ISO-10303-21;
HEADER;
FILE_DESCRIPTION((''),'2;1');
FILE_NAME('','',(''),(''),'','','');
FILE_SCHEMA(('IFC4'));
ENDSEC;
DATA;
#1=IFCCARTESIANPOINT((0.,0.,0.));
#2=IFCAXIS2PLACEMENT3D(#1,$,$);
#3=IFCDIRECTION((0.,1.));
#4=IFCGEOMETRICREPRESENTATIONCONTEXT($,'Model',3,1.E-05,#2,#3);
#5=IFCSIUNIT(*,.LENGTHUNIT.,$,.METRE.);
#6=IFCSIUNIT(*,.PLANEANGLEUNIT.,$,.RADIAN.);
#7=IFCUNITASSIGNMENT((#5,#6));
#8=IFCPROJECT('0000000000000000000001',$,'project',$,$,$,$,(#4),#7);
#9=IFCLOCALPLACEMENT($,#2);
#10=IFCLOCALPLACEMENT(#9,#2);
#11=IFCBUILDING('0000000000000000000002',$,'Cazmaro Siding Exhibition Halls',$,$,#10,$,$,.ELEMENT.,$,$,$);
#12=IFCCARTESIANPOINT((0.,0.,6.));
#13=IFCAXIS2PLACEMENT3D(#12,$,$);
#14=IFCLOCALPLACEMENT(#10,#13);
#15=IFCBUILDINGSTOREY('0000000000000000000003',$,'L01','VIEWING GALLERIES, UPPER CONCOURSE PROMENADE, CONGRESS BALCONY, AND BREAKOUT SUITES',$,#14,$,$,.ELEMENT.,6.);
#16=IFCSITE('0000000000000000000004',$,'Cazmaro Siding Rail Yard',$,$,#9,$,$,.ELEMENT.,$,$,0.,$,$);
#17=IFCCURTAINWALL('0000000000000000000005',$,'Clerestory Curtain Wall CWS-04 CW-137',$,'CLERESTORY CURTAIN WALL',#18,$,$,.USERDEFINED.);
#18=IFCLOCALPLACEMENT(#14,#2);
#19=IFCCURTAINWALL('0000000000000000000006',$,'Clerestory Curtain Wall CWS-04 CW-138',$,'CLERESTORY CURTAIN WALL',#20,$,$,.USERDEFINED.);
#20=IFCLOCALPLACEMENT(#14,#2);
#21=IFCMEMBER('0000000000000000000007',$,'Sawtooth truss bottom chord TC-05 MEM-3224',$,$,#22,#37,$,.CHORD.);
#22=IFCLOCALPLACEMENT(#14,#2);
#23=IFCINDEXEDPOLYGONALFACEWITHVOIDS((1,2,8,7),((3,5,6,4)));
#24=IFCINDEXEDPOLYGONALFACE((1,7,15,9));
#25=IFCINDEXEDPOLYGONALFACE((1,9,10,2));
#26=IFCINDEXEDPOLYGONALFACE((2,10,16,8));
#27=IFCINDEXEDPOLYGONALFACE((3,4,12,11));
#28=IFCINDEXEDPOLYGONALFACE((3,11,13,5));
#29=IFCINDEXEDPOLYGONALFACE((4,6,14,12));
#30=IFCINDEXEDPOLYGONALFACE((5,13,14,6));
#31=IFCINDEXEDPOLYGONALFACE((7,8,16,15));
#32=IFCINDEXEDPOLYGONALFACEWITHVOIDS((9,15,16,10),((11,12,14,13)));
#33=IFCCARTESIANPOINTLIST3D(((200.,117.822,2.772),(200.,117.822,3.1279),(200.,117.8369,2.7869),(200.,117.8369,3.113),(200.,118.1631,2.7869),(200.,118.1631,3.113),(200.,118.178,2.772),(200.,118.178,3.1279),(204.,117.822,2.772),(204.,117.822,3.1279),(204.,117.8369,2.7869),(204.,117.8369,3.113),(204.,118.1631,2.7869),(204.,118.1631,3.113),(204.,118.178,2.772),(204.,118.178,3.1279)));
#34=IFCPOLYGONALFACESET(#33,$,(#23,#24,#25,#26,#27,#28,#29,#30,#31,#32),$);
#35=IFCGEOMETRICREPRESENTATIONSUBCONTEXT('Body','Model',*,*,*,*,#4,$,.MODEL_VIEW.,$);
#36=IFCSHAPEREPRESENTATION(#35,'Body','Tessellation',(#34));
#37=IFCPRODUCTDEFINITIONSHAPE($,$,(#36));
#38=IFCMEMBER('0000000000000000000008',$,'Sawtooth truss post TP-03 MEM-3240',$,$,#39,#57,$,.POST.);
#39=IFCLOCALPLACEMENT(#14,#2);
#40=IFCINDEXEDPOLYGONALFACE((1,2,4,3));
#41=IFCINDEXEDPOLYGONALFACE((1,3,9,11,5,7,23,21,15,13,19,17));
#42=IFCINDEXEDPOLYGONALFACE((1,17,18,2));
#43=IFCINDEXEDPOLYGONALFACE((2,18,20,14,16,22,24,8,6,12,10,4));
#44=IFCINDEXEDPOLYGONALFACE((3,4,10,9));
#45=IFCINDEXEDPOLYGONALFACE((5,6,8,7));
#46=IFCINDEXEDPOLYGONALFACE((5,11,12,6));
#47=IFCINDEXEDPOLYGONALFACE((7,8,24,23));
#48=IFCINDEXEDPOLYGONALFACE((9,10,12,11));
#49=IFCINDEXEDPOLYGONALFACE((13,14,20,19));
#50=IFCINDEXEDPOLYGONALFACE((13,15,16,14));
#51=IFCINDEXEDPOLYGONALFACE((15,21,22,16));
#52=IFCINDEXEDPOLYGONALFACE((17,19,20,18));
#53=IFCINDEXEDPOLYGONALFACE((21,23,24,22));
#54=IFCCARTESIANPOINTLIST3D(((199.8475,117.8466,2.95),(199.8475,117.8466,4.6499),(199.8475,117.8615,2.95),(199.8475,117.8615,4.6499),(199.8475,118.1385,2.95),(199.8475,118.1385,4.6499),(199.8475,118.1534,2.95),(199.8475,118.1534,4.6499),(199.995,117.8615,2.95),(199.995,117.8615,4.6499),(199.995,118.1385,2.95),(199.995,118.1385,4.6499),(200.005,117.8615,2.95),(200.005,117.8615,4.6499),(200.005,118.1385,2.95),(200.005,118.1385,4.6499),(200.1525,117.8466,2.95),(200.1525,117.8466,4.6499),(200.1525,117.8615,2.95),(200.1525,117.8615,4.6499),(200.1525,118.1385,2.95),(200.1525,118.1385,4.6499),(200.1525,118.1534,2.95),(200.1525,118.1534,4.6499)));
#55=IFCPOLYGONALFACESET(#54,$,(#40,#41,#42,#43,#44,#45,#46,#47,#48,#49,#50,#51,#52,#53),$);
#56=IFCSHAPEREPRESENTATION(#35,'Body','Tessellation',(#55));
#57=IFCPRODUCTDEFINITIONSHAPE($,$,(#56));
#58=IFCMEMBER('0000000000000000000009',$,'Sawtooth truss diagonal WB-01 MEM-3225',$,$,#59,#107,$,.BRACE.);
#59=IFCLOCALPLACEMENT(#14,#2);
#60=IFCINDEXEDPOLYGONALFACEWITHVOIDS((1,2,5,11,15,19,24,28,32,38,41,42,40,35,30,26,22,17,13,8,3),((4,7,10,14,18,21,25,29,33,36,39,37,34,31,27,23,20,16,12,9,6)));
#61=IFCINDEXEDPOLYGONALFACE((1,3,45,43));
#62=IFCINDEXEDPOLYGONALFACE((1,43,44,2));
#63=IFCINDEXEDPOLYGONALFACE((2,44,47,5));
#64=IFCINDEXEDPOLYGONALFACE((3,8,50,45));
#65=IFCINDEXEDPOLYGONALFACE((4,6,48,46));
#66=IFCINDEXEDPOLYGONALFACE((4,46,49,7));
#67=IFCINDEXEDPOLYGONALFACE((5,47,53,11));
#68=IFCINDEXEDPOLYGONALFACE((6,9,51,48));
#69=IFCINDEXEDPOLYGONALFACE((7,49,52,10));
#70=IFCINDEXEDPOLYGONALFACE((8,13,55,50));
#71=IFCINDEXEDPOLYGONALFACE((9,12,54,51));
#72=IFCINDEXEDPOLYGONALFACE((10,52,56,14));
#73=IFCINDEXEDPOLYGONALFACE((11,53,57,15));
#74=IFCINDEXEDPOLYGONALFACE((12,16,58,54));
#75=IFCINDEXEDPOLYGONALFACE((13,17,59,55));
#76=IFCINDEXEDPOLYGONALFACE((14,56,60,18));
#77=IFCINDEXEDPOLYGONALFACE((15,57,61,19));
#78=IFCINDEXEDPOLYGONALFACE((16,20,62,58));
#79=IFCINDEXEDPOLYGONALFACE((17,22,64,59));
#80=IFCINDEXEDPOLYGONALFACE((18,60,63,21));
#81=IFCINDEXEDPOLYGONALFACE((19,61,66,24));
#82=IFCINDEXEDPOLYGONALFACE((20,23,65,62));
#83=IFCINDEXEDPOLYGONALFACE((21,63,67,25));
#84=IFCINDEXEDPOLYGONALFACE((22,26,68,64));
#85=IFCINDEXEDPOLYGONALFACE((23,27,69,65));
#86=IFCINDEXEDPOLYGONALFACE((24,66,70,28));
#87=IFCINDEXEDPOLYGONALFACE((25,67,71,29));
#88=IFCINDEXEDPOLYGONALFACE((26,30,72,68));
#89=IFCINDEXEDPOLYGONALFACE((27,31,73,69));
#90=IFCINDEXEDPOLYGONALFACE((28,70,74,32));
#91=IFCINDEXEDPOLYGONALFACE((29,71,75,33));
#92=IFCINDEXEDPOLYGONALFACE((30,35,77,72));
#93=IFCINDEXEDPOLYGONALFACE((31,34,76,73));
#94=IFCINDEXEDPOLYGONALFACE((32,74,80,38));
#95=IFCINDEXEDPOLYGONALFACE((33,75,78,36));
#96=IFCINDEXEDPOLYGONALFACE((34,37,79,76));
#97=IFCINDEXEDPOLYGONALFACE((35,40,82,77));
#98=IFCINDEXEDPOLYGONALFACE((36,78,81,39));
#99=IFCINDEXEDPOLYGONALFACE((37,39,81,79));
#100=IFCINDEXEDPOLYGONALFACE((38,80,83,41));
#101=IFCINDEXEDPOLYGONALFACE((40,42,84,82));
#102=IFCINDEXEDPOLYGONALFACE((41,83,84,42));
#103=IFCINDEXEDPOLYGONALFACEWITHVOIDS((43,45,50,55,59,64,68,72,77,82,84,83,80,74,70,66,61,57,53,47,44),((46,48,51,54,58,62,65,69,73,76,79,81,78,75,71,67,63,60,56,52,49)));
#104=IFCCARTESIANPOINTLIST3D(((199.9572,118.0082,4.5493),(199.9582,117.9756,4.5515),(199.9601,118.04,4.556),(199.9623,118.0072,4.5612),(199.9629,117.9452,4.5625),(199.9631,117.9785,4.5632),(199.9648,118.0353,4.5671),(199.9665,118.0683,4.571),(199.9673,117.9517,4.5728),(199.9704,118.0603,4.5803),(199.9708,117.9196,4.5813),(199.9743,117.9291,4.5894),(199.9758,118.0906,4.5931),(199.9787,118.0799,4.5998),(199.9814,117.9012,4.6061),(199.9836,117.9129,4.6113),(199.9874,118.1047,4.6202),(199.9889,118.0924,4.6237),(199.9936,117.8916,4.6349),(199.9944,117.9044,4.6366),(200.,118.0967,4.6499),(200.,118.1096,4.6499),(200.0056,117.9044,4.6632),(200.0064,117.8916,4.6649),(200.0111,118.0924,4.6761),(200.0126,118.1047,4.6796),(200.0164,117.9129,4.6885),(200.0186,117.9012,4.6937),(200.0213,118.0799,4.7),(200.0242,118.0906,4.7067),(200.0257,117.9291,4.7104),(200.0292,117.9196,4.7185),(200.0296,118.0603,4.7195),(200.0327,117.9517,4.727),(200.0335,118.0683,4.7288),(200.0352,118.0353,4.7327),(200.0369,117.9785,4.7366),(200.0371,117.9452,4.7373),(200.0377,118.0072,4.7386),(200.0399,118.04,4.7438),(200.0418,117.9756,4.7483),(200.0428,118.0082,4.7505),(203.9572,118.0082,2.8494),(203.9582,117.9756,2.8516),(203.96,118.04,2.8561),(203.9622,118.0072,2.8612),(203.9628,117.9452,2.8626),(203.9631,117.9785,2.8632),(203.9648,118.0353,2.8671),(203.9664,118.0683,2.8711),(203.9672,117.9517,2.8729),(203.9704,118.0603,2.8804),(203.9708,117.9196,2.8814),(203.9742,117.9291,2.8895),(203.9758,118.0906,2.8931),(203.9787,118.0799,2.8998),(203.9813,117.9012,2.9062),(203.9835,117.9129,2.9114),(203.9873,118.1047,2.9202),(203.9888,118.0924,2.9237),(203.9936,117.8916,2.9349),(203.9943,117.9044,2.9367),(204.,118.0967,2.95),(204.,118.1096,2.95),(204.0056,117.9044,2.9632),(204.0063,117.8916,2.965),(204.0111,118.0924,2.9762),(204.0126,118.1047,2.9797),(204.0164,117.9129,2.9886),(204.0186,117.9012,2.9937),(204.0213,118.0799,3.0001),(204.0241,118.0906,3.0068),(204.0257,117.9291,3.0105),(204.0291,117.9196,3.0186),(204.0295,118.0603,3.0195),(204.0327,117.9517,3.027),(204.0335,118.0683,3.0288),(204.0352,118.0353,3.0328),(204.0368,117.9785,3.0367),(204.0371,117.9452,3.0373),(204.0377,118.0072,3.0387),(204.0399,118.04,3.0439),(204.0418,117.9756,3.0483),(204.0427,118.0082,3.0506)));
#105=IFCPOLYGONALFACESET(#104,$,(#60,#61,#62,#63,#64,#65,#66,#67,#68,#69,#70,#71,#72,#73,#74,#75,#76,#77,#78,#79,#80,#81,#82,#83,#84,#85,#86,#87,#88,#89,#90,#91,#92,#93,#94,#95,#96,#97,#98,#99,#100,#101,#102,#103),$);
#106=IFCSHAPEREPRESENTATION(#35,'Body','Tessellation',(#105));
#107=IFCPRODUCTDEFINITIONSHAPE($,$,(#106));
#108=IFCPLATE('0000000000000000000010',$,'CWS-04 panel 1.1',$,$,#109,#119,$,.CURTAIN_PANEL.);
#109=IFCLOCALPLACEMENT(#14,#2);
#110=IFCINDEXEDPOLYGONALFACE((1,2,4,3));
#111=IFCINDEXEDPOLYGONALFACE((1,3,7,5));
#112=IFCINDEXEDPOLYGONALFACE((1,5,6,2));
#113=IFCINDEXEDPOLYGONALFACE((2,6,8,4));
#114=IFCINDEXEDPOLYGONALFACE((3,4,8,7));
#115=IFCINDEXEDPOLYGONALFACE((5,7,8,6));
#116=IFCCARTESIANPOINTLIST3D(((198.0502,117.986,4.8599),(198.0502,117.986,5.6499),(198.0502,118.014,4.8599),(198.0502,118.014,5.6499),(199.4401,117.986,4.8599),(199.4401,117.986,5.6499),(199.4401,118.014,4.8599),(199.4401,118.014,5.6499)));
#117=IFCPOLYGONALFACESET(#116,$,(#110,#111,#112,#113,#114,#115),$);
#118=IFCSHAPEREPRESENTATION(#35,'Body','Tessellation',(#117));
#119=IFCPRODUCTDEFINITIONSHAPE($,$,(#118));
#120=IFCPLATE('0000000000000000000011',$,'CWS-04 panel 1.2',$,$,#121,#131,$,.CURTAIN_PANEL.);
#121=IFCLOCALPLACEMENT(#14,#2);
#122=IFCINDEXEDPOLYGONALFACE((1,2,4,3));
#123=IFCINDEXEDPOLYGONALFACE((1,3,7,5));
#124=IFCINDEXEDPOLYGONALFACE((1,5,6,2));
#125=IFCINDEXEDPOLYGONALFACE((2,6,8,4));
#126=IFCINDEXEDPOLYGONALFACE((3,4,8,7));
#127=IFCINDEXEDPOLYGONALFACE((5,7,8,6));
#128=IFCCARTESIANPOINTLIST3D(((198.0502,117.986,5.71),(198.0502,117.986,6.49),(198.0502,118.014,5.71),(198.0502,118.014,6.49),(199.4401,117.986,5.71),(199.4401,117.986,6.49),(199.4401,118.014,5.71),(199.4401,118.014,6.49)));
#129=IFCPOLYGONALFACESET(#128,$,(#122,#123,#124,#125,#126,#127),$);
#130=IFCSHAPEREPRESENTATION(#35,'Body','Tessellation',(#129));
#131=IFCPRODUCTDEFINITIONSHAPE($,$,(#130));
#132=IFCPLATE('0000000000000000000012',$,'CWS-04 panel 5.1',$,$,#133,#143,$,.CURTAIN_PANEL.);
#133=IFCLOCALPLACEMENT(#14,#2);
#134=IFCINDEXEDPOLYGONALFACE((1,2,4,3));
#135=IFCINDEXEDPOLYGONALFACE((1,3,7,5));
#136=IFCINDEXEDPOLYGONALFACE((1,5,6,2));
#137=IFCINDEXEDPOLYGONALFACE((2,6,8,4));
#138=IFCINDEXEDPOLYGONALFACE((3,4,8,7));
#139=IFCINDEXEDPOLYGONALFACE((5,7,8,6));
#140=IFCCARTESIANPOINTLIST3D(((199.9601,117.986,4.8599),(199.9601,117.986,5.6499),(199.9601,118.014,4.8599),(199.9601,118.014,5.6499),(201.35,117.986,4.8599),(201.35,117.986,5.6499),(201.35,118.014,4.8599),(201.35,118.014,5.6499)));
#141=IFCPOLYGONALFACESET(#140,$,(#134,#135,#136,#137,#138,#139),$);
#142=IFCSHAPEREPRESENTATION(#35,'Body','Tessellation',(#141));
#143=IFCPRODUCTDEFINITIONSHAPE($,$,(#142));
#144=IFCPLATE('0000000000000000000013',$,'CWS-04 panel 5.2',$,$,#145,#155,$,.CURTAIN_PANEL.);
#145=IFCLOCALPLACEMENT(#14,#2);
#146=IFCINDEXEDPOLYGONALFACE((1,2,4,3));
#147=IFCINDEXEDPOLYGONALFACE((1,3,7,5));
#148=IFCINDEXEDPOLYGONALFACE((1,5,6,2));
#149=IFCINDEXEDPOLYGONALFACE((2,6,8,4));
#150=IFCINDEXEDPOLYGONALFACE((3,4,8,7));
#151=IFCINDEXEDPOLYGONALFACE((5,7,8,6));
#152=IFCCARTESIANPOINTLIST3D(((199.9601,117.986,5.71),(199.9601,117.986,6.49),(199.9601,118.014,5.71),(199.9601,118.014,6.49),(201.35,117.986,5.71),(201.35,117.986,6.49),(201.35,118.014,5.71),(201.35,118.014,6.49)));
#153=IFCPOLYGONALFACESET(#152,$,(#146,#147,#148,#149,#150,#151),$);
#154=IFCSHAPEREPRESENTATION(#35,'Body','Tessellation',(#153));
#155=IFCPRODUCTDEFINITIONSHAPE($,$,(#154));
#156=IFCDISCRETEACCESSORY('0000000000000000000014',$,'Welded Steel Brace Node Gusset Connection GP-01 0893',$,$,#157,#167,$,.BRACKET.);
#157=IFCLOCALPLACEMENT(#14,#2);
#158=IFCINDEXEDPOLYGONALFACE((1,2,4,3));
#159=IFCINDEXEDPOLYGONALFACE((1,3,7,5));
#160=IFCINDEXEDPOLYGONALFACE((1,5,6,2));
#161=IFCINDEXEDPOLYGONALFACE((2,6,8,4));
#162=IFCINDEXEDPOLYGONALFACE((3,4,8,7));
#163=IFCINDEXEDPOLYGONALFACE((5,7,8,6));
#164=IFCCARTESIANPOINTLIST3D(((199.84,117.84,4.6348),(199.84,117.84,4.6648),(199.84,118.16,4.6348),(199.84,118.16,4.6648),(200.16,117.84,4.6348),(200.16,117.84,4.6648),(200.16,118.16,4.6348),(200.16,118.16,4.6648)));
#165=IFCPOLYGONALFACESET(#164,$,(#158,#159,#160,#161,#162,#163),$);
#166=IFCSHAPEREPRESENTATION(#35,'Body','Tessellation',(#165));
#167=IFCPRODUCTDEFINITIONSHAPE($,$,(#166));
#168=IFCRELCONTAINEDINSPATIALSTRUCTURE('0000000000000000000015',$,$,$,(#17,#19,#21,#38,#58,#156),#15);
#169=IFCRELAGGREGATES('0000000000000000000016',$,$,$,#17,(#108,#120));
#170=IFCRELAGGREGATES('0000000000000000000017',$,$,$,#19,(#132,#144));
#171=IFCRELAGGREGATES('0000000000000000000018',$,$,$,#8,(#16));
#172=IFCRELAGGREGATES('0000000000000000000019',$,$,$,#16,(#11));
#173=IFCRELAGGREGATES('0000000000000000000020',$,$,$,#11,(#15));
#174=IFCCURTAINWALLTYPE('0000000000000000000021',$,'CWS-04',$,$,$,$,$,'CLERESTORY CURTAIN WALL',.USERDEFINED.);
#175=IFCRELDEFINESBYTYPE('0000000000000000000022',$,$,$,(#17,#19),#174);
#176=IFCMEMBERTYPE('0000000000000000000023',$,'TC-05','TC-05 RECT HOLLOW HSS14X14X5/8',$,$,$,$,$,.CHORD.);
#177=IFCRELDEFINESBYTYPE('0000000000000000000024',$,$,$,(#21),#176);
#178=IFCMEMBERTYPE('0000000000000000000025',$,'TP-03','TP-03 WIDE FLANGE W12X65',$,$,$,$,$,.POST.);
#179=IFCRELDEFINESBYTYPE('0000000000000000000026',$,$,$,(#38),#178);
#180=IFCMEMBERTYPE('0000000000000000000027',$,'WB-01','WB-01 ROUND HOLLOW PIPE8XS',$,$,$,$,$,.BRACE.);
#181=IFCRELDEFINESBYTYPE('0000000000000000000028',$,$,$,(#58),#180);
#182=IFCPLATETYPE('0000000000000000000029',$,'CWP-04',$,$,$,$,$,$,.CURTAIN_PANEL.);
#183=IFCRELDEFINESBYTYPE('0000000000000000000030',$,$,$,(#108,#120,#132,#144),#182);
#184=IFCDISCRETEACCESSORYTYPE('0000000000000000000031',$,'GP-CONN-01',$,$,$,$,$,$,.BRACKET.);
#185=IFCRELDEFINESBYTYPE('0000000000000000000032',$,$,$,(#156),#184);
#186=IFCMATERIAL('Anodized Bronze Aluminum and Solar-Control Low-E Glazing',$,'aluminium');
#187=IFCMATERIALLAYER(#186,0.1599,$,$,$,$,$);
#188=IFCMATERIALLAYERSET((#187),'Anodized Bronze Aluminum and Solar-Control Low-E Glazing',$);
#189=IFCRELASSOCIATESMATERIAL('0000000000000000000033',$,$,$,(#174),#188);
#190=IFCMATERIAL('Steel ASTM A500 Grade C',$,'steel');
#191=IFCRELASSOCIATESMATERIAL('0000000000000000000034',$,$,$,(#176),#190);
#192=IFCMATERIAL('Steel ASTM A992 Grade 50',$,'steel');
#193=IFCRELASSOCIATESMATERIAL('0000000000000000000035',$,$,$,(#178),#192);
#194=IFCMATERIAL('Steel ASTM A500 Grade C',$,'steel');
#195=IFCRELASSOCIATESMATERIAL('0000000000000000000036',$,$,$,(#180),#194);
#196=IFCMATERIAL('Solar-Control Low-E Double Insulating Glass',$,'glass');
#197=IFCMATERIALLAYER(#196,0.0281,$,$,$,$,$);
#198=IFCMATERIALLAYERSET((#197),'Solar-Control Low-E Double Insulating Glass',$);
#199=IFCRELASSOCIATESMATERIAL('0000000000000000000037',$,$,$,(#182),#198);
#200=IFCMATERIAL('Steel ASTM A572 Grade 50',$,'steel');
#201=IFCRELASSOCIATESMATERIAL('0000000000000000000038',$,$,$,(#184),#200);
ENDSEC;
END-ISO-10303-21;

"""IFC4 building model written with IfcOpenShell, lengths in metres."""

from ifc_helpers import new_model, si_unit, direction, frame, origin, origin_2d, place, context, subcontext, project, spatial, rectangle, hollow_rectangle, hollow_circle, i_section, extrude, material, layer, layer_set, material_profile, profile_set, type_object, element, aggregate, save


model = new_model("IFC4")

# Units and contexts
model_context = context("Model", 3, precision=1e-05, world=origin(), true_north=direction((0.0, 1.0)))
body_context = subcontext(model_context, "Body", "Model", "MODEL_VIEW")
ifc_project = project(units=[si_unit("LENGTHUNIT", "METRE"), si_unit("PLANEANGLEUNIT", "RADIAN")], contexts=[model_context])

# Site, building, storey
site_placement = place(None, origin())
site = spatial("IfcSite", under=ifc_project, at=site_placement, Name="Cazmaro Siding Rail Yard", CompositionType="ELEMENT", RefElevation=0.0)
building_placement = place(site_placement, origin())
building = spatial("IfcBuilding", under=site, at=building_placement, Name="Cazmaro Siding Exhibition Halls", CompositionType="ELEMENT")
storey_placement = place(building_placement, frame((0.0, 0.0, 6.0)))
storey = spatial("IfcBuildingStorey", under=building, at=storey_placement, Name="L01", Description="VIEWING GALLERIES, UPPER CONCOURSE PROMENADE, CONGRESS BALCONY, AND BREAKOUT SUITES", CompositionType="ELEMENT", Elevation=6.0)

# Curtain walls
ifc_material_1 = material(Name="Anodized Bronze Aluminum and Solar-Control Low-E Glazing", Category="aluminium")
ifc_layer_1 = layer(ifc_material_1, 0.1599)
ifc_layer_set_1 = layer_set([ifc_layer_1], Name="Anodized Bronze Aluminum and Solar-Control Low-E Glazing")
curtain_wall_type = type_object("IfcCurtainWallType", Name="CWS-04", ElementType="CLERESTORY CURTAIN WALL", PredefinedType="USERDEFINED", material=ifc_layer_set_1)
curtain_wall_1_placement = place(storey_placement, origin())
curtain_wall_1 = element("IfcCurtainWall", 1, at=curtain_wall_1_placement, inside=storey, type_object=curtain_wall_type, Name="Clerestory Curtain Wall CWS-04 CW-137", ObjectType="CLERESTORY CURTAIN WALL", PredefinedType="USERDEFINED")
curtain_wall_2_placement = place(storey_placement, origin())
curtain_wall_2 = element("IfcCurtainWall", 2, at=curtain_wall_2_placement, inside=storey, type_object=curtain_wall_type, Name="Clerestory Curtain Wall CWS-04 CW-138", ObjectType="CLERESTORY CURTAIN WALL", PredefinedType="USERDEFINED")

# Members
ifc_material_2 = material(Name="Steel ASTM A500 Grade C", Category="steel")
ifc_material_profile_1 = material_profile(ifc_material_2, hollow_rectangle(XDim=0.356, YDim=0.356, WallThickness=0.0149, at=origin_2d()), Name="HSS14X14X5/8")
ifc_profile_set_1 = profile_set([ifc_material_profile_1], Name="Steel ASTM A500 Grade C")
member_type_1 = type_object("IfcMemberType", Name="TC-05", Description="TC-05 RECT HOLLOW HSS14X14X5/8", PredefinedType="CHORD", material=ifc_profile_set_1)
member_1_placement = place(storey_placement, frame((200.0, 118.0, 2.95), z_axis=(1.0, 0.0, 0.0), x_axis=(0.0, 1.0, 0.0)))
element("IfcMember", 3, at=member_1_placement, inside=storey, type_object=member_type_1, Name="Sawtooth truss bottom chord TC-05 MEM-3224", PredefinedType="CHORD", context=body_context, shape_type="SweptSolid", body=[
    extrude(hollow_rectangle(XDim=0.356, YDim=0.356, WallThickness=0.0149, at=origin_2d()), origin(), (0.0, 0.0, 1.0), 4.0),
])
ifc_material_3 = material(Name="Steel ASTM A992 Grade 50", Category="steel")
ifc_material_profile_2 = material_profile(ifc_material_3, i_section(OverallWidth=0.3049, OverallDepth=0.3069, WebThickness=0.01, FlangeThickness=0.0149, at=origin_2d()), Name="W12X65")
ifc_profile_set_2 = profile_set([ifc_material_profile_2], Name="Steel ASTM A992 Grade 50")
member_type_2 = type_object("IfcMemberType", Name="TP-03", Description="TP-03 WIDE FLANGE W12X65", PredefinedType="POST", material=ifc_profile_set_2)
member_2_placement = place(storey_placement, frame((200.0, 118.0, 2.95), z_axis=(0.0, 0.0, 1.0), x_axis=(1.0, 0.0, 0.0)))
element("IfcMember", 4, at=member_2_placement, inside=storey, type_object=member_type_2, Name="Sawtooth truss post TP-03 MEM-3240", PredefinedType="POST", context=body_context, shape_type="SweptSolid", body=[
    extrude(i_section(OverallWidth=0.3049, OverallDepth=0.3069, WebThickness=0.01, FlangeThickness=0.0149, at=origin_2d()), origin(), (0.0, 0.0, 1.0), 1.7),
])
ifc_material_4 = material(Name="Steel ASTM A500 Grade C", Category="steel")
ifc_material_profile_3 = material_profile(ifc_material_4, hollow_circle(Radius=0.1096, WallThickness=0.0129, at=origin_2d()), Name="PIPE8XS")
ifc_profile_set_3 = profile_set([ifc_material_profile_3], Name="Steel ASTM A500 Grade C")
member_type_3 = type_object("IfcMemberType", Name="WB-01", Description="WB-01 ROUND HOLLOW PIPE8XS", PredefinedType="BRACE", material=ifc_profile_set_3)
member_3_placement = place(storey_placement, frame((200.0, 118.0, 4.6499), z_axis=(0.920335, 0.0, -0.391131), x_axis=(0.0, 1.0, 0.0)))
element("IfcMember", 5, at=member_3_placement, inside=storey, type_object=member_type_3, Name="Sawtooth truss diagonal WB-01 MEM-3225", PredefinedType="BRACE", context=body_context, shape_type="SweptSolid", body=[
    extrude(hollow_circle(Radius=0.1096, WallThickness=0.0129, at=origin_2d()), origin(), (0.0, 0.0, 1.0), 4.3462),
])

# Plates
ifc_material_5 = material(Name="Solar-Control Low-E Double Insulating Glass", Category="glass")
ifc_layer_2 = layer(ifc_material_5, 0.0281)
ifc_layer_set_2 = layer_set([ifc_layer_2], Name="Solar-Control Low-E Double Insulating Glass")
plate_type = type_object("IfcPlateType", Name="CWP-04", PredefinedType="CURTAIN_PANEL", material=ifc_layer_set_2)
plate_1_placement = place(storey_placement, frame((198.7451, 118.0, 4.8599), z_axis=(0.0, 0.0, 1.0), x_axis=(-1.0, 0.0, 0.0)))
plate_1 = element("IfcPlate", 6, at=plate_1_placement, type_object=plate_type, Name="CWS-04 panel 1.1", PredefinedType="CURTAIN_PANEL", context=body_context, shape_type="SweptSolid", body=[
    extrude(rectangle(XDim=1.3899, YDim=0.0281, at=origin_2d()), origin(), (0.0, 0.0, 1.0), 0.79),
])
plate_2_placement = place(storey_placement, frame((198.7451, 118.0, 5.71), z_axis=(0.0, 0.0, 1.0), x_axis=(-1.0, 0.0, 0.0)))
plate_2 = element("IfcPlate", 7, at=plate_2_placement, type_object=plate_type, Name="CWS-04 panel 1.2", PredefinedType="CURTAIN_PANEL", context=body_context, shape_type="SweptSolid", body=[
    extrude(rectangle(XDim=1.3899, YDim=0.0281, at=origin_2d()), origin(), (0.0, 0.0, 1.0), 0.78),
])
aggregate(curtain_wall_1, [plate_1, plate_2])
plate_3_placement = place(storey_placement, frame((200.655, 118.0, 4.8599), z_axis=(0.0, 0.0, 1.0), x_axis=(-1.0, 0.0, 0.0)))
plate_3 = element("IfcPlate", 8, at=plate_3_placement, type_object=plate_type, Name="CWS-04 panel 5.1", PredefinedType="CURTAIN_PANEL", context=body_context, shape_type="SweptSolid", body=[
    extrude(rectangle(XDim=1.3899, YDim=0.0281, at=origin_2d()), origin(), (0.0, 0.0, 1.0), 0.79),
])
plate_4_placement = place(storey_placement, frame((200.655, 118.0, 5.71), z_axis=(0.0, 0.0, 1.0), x_axis=(-1.0, 0.0, 0.0)))
plate_4 = element("IfcPlate", 9, at=plate_4_placement, type_object=plate_type, Name="CWS-04 panel 5.2", PredefinedType="CURTAIN_PANEL", context=body_context, shape_type="SweptSolid", body=[
    extrude(rectangle(XDim=1.3899, YDim=0.0281, at=origin_2d()), origin(), (0.0, 0.0, 1.0), 0.78),
])
aggregate(curtain_wall_2, [plate_3, plate_4])

# Discrete accessory
ifc_material_6 = material(Name="Steel ASTM A572 Grade 50", Category="steel")
discrete_accessory_type = type_object("IfcDiscreteAccessoryType", Name="GP-CONN-01", PredefinedType="BRACKET", material=ifc_material_6)
discrete_accessory_placement = place(storey_placement, frame((200.0, 118.0, 4.6348), z_axis=(0.0, 0.0, 1.0), x_axis=(1.0, 0.0, 0.0)))
element("IfcDiscreteAccessory", 10, at=discrete_accessory_placement, inside=storey, type_object=discrete_accessory_type, Name="Welded Steel Brace Node Gusset Connection GP-01 0893", PredefinedType="BRACKET", context=body_context, shape_type="SweptSolid", body=[
    extrude(rectangle(XDim=0.3201, YDim=0.3201, at=origin_2d()), origin(), (0.0, 0.0, 1.0), 0.03),
])

save(model, "model.ifc")
